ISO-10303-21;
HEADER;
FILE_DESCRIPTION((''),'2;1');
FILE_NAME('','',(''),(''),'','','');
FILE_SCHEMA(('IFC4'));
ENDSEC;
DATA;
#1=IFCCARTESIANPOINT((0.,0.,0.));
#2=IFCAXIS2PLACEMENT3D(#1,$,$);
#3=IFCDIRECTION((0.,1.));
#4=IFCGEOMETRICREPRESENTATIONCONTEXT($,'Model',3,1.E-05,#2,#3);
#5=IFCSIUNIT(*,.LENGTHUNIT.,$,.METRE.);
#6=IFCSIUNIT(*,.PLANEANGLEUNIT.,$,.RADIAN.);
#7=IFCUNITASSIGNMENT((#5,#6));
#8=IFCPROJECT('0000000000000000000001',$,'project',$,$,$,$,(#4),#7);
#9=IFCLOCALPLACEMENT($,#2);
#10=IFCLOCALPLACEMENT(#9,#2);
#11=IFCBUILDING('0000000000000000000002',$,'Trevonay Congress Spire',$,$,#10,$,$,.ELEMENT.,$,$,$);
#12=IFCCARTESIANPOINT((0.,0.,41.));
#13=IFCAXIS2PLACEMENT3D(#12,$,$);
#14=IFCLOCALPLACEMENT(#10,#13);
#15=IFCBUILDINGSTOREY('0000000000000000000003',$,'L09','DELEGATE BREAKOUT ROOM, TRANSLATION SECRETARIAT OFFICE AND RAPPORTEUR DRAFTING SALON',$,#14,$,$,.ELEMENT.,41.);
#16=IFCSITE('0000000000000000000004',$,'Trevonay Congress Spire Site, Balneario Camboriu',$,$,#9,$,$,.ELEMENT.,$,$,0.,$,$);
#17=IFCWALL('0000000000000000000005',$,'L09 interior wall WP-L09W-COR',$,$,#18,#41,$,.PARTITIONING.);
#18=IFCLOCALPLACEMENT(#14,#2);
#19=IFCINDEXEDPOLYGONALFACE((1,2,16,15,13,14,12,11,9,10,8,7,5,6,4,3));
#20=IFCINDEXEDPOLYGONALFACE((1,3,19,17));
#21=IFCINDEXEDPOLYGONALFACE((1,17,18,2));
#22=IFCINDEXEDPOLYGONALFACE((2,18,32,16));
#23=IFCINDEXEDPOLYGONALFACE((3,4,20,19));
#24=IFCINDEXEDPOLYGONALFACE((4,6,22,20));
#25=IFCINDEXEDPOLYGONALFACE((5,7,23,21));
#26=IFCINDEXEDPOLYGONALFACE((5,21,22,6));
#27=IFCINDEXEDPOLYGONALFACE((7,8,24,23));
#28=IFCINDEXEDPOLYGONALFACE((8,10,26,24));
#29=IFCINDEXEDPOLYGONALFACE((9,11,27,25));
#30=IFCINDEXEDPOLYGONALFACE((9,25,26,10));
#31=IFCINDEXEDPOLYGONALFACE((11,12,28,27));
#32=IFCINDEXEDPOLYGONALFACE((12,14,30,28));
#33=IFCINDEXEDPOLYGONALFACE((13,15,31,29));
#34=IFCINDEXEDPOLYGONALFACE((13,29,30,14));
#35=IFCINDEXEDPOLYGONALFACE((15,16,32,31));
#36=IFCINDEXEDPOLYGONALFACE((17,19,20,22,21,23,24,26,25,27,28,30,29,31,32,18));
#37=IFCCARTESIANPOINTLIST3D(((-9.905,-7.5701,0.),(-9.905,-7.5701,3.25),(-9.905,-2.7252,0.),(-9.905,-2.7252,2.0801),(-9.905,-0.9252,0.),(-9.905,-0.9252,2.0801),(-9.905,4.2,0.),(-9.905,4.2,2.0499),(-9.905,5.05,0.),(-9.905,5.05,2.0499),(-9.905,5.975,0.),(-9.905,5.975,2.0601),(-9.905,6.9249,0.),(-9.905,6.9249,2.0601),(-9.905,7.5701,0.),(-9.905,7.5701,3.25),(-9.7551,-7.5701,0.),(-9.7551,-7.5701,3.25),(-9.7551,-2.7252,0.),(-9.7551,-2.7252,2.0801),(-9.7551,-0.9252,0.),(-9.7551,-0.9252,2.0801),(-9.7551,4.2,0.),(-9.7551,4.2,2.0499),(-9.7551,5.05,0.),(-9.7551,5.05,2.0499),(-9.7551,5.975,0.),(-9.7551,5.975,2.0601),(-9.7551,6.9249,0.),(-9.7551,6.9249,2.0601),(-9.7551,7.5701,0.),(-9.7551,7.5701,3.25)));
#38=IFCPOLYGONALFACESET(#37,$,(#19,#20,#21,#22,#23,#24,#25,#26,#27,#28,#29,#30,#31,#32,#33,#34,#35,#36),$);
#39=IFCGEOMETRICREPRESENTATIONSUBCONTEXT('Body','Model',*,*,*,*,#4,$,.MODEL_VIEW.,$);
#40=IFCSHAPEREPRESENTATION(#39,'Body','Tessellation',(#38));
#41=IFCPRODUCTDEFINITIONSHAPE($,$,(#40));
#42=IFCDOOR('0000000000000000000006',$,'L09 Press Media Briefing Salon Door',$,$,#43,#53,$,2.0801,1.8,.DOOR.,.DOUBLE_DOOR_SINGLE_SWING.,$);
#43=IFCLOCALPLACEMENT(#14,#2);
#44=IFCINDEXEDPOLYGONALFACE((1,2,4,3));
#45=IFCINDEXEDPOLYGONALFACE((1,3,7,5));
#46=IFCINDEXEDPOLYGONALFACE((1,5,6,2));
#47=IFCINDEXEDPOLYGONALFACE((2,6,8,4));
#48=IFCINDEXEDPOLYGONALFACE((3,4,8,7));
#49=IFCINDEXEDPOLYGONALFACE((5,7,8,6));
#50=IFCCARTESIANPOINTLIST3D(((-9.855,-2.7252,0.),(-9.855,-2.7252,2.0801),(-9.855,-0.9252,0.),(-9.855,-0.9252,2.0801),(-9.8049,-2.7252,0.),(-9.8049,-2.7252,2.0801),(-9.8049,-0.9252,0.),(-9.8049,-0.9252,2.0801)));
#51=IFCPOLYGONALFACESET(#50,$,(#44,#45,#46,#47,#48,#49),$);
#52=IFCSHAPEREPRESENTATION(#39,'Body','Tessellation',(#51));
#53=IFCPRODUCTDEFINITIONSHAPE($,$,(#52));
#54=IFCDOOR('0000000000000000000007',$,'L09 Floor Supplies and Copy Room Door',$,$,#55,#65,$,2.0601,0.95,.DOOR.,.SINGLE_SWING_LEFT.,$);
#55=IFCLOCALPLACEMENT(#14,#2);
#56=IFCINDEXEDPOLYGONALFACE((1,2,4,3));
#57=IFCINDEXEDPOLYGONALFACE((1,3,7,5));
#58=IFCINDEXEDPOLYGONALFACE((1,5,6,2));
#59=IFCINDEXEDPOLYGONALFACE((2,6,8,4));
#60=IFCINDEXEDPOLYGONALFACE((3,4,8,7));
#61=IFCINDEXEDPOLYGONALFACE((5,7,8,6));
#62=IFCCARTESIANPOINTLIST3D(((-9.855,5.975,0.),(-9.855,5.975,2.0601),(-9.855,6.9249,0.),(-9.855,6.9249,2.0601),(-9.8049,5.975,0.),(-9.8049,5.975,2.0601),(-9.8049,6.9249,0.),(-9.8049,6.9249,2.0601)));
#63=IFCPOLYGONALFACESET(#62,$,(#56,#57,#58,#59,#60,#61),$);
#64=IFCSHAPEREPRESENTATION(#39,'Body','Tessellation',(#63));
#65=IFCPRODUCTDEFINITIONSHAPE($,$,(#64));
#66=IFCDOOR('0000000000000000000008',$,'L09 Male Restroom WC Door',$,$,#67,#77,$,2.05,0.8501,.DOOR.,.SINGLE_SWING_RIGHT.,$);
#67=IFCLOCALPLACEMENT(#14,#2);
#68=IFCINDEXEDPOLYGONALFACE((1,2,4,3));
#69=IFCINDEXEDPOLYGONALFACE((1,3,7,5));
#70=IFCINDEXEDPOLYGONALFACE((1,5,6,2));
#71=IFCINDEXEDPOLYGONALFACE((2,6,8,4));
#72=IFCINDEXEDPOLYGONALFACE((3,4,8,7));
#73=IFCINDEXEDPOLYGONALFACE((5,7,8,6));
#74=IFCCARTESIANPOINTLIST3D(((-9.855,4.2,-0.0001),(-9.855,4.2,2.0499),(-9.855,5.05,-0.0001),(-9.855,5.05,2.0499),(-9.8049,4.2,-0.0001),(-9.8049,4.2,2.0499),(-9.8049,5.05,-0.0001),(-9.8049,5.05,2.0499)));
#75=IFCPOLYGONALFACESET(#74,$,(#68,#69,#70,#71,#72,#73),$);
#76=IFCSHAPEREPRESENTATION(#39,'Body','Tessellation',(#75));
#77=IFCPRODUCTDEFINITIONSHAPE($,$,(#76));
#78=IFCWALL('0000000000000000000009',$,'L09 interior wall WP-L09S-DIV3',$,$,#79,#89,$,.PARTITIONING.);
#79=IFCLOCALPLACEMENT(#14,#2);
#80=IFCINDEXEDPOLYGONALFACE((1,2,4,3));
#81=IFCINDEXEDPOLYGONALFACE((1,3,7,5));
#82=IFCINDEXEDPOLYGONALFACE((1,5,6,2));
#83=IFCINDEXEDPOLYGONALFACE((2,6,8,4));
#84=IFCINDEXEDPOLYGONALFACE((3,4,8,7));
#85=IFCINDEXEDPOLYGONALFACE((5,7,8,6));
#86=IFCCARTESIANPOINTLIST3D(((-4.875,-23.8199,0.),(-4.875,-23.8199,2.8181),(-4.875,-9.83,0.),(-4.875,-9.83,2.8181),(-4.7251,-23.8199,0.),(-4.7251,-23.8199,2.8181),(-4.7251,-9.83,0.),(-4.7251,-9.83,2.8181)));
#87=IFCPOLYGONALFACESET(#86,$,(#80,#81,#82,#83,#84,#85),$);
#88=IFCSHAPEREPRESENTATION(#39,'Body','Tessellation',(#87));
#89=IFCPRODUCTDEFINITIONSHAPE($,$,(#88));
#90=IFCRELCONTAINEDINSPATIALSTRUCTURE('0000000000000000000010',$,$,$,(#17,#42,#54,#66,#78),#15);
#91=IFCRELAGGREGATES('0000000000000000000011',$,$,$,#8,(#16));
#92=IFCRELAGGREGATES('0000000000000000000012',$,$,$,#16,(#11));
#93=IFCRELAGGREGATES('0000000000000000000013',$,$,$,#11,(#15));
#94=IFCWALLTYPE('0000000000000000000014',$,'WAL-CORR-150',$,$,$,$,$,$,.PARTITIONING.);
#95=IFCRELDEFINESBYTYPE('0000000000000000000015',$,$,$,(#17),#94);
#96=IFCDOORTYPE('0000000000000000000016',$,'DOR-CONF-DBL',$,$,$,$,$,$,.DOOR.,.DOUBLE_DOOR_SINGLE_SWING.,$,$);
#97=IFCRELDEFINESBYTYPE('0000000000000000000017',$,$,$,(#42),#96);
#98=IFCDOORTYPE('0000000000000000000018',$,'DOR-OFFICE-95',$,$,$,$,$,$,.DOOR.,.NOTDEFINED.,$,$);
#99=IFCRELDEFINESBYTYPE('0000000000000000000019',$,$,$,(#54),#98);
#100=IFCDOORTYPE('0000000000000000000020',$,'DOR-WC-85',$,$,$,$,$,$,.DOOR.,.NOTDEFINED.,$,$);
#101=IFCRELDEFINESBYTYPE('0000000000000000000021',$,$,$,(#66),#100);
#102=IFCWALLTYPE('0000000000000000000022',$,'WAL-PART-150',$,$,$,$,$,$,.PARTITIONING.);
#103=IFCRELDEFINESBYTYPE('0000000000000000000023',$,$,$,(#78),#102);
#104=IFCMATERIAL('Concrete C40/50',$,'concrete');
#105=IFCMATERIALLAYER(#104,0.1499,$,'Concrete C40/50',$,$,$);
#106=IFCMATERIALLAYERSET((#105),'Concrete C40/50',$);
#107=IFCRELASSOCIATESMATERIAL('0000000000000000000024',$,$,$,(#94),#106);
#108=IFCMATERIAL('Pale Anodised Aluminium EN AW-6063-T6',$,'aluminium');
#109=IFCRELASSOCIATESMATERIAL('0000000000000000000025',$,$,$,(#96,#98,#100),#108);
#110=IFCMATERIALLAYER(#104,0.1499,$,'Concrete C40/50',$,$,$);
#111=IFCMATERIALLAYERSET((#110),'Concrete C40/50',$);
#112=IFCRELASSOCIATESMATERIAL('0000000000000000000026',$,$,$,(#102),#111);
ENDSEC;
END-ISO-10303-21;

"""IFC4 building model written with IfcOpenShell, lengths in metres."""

from ifc_helpers import new_model, si_unit, direction, frame, frame_2d, origin, place, context, subcontext, project, spatial, rectangle, extrude, material, layer, layer_set, type_object, element, fill, save


model = new_model("IFC4")

# Units and contexts
model_context = context("Model", 3, precision=1e-05, world=origin(), true_north=direction((0.0, 1.0)))
body_context = subcontext(model_context, "Body", "Model", "MODEL_VIEW")
ifc_project = project(units=[si_unit("LENGTHUNIT", "METRE"), si_unit("PLANEANGLEUNIT", "RADIAN")], contexts=[model_context])

# Site, building, storey
site_placement = place(None, origin())
site = spatial("IfcSite", under=ifc_project, at=site_placement, Name="Trevonay Congress Spire Site, Balneario Camboriu", CompositionType="ELEMENT", RefElevation=0.0)
building_placement = place(site_placement, origin())
building = spatial("IfcBuilding", under=site, at=building_placement, Name="Trevonay Congress Spire", CompositionType="ELEMENT")
storey_placement = place(building_placement, frame((0.0, 0.0, 41.0)))
storey = spatial("IfcBuildingStorey", under=building, at=storey_placement, Name="L09", Description="DELEGATE BREAKOUT ROOM, TRANSLATION SECRETARIAT OFFICE AND RAPPORTEUR DRAFTING SALON", CompositionType="ELEMENT", Elevation=41.0)

# Shared definitions
ifc_material_1 = material(Name="Pale Anodised Aluminium EN AW-6063-T6", Category="aluminium")

# Wall, openings, doors
ifc_material_2 = material(Name="Concrete C40/50", Category="concrete")
ifc_layer_1 = layer(ifc_material_2, 0.1499, Name="Concrete C40/50")
ifc_layer_set_1 = layer_set([ifc_layer_1], Name="Concrete C40/50")
wall_type_1 = type_object("IfcWallType", Name="WAL-CORR-150", PredefinedType="PARTITIONING", material=ifc_layer_set_1)
wall_1_placement = place(storey_placement, frame((-9.8301, -7.5701, 0.0), z_axis=(0.0, 0.0, 1.0), x_axis=(0.0, 1.0, 0.0)))
wall_1 = element("IfcWall", 1, at=wall_1_placement, inside=storey, type_object=wall_type_1, Name="L09 interior wall WP-L09W-COR", PredefinedType="PARTITIONING", context=body_context, shape_type="SweptSolid", body=[
    extrude(rectangle(XDim=15.1401, YDim=0.1499, at=frame_2d((7.5701, 0.0))), origin(), (0.0, 0.0, 1.0), 3.25),
])
opening_1_placement = place(wall_1_placement, frame((4.845, 0.0, 0.0)))
opening_1 = element("IfcOpeningElement", 2, at=opening_1_placement, cuts=wall_1, PredefinedType="OPENING", context=body_context, shape_type="SweptSolid", body=[
    extrude(rectangle(XDim=1.8, YDim=2.0801, at=frame_2d((0.8999, 1.04))), frame((0.0, 0.085, 0.0), z_axis=(0.0, -1.0, 0.0), x_axis=(1.0, 0.0, 0.0)), (0.0, 0.0, 1.0), 0.1699),
])
opening_2_placement = place(wall_1_placement, frame((11.77, 0.0, 0.0)))
opening_2 = element("IfcOpeningElement", 3, at=opening_2_placement, cuts=wall_1, PredefinedType="OPENING", context=body_context, shape_type="SweptSolid", body=[
    extrude(rectangle(XDim=0.8501, YDim=2.05, at=frame_2d((0.425, 1.0249))), frame((0.0, 0.085, 0.0), z_axis=(0.0, -1.0, 0.0), x_axis=(1.0, 0.0, 0.0)), (0.0, 0.0, 1.0), 0.1699),
])
opening_3_placement = place(wall_1_placement, frame((13.5449, 0.0, 0.0)))
opening_3 = element("IfcOpeningElement", 4, at=opening_3_placement, cuts=wall_1, PredefinedType="OPENING", context=body_context, shape_type="SweptSolid", body=[
    extrude(rectangle(XDim=0.95, YDim=2.0601, at=frame_2d((0.4751, 1.03))), frame((0.0, 0.085, 0.0), z_axis=(0.0, -1.0, 0.0), x_axis=(1.0, 0.0, 0.0)), (0.0, 0.0, 1.0), 0.1699),
])
door_type_1 = type_object("IfcDoorType", Name="DOR-CONF-DBL", OperationType="DOUBLE_DOOR_SINGLE_SWING", PredefinedType="DOOR", material=ifc_material_1)
door_1_placement = place(opening_1_placement, origin())
door_1 = element("IfcDoor", 5, at=door_1_placement, inside=storey, type_object=door_type_1, Name="L09 Press Media Briefing Salon Door", OperationType="DOUBLE_DOOR_SINGLE_SWING", OverallHeight=2.0801, OverallWidth=1.8, PredefinedType="DOOR", context=body_context, shape_type="SweptSolid", body=[
    extrude(rectangle(XDim=1.8, YDim=2.0801, at=frame_2d((0.8999, 1.04))), frame((0.0, 0.0249, 0.0), z_axis=(0.0, -1.0, 0.0), x_axis=(1.0, 0.0, 0.0)), (0.0, 0.0, 1.0), 0.05),
])
fill(opening_1, door_1)
door_type_2 = type_object("IfcDoorType", Name="DOR-OFFICE-95", OperationType="NOTDEFINED", PredefinedType="DOOR", material=ifc_material_1)
door_2_placement = place(opening_3_placement, origin())
door_2 = element("IfcDoor", 6, at=door_2_placement, inside=storey, type_object=door_type_2, Name="L09 Floor Supplies and Copy Room Door", OperationType="SINGLE_SWING_LEFT", OverallHeight=2.0601, OverallWidth=0.95, PredefinedType="DOOR", context=body_context, shape_type="SweptSolid", body=[
    extrude(rectangle(XDim=0.95, YDim=2.0601, at=frame_2d((0.4751, 1.03))), frame((0.0, 0.0249, 0.0), z_axis=(0.0, -1.0, 0.0), x_axis=(1.0, 0.0, 0.0)), (0.0, 0.0, 1.0), 0.05),
])
fill(opening_3, door_2)
door_type_3 = type_object("IfcDoorType", Name="DOR-WC-85", OperationType="NOTDEFINED", PredefinedType="DOOR", material=ifc_material_1)
door_3_placement = place(opening_2_placement, origin())
door_3 = element("IfcDoor", 7, at=door_3_placement, inside=storey, type_object=door_type_3, Name="L09 Male Restroom WC Door", OperationType="SINGLE_SWING_RIGHT", OverallHeight=2.05, OverallWidth=0.8501, PredefinedType="DOOR", context=body_context, shape_type="SweptSolid", body=[
    extrude(rectangle(XDim=0.8501, YDim=2.05, at=frame_2d((0.425, 1.0249))), frame((0.0, 0.0249, 0.0), z_axis=(0.0, -1.0, 0.0), x_axis=(1.0, 0.0, 0.0)), (0.0, 0.0, 1.0), 0.05),
])
fill(opening_2, door_3)

# Wall
ifc_layer_2 = layer(ifc_material_2, 0.1499, Name="Concrete C40/50")
ifc_layer_set_2 = layer_set([ifc_layer_2], Name="Concrete C40/50")
wall_type_2 = type_object("IfcWallType", Name="WAL-PART-150", PredefinedType="PARTITIONING", material=ifc_layer_set_2)
wall_2_placement = place(storey_placement, frame((-4.8, -23.8201, 0.0), z_axis=(0.0, 0.0, 1.0), x_axis=(0.0, 1.0, 0.0)))
element("IfcWall", 8, at=wall_2_placement, inside=storey, type_object=wall_type_2, Name="L09 interior wall WP-L09S-DIV3", PredefinedType="PARTITIONING", context=body_context, shape_type="SweptSolid", body=[
    extrude(rectangle(XDim=13.99, YDim=0.1499, at=frame_2d((6.9951, 0.0))), origin(), (0.0, 0.0, 1.0), 2.8181),
])

save(model, "model.ifc")
